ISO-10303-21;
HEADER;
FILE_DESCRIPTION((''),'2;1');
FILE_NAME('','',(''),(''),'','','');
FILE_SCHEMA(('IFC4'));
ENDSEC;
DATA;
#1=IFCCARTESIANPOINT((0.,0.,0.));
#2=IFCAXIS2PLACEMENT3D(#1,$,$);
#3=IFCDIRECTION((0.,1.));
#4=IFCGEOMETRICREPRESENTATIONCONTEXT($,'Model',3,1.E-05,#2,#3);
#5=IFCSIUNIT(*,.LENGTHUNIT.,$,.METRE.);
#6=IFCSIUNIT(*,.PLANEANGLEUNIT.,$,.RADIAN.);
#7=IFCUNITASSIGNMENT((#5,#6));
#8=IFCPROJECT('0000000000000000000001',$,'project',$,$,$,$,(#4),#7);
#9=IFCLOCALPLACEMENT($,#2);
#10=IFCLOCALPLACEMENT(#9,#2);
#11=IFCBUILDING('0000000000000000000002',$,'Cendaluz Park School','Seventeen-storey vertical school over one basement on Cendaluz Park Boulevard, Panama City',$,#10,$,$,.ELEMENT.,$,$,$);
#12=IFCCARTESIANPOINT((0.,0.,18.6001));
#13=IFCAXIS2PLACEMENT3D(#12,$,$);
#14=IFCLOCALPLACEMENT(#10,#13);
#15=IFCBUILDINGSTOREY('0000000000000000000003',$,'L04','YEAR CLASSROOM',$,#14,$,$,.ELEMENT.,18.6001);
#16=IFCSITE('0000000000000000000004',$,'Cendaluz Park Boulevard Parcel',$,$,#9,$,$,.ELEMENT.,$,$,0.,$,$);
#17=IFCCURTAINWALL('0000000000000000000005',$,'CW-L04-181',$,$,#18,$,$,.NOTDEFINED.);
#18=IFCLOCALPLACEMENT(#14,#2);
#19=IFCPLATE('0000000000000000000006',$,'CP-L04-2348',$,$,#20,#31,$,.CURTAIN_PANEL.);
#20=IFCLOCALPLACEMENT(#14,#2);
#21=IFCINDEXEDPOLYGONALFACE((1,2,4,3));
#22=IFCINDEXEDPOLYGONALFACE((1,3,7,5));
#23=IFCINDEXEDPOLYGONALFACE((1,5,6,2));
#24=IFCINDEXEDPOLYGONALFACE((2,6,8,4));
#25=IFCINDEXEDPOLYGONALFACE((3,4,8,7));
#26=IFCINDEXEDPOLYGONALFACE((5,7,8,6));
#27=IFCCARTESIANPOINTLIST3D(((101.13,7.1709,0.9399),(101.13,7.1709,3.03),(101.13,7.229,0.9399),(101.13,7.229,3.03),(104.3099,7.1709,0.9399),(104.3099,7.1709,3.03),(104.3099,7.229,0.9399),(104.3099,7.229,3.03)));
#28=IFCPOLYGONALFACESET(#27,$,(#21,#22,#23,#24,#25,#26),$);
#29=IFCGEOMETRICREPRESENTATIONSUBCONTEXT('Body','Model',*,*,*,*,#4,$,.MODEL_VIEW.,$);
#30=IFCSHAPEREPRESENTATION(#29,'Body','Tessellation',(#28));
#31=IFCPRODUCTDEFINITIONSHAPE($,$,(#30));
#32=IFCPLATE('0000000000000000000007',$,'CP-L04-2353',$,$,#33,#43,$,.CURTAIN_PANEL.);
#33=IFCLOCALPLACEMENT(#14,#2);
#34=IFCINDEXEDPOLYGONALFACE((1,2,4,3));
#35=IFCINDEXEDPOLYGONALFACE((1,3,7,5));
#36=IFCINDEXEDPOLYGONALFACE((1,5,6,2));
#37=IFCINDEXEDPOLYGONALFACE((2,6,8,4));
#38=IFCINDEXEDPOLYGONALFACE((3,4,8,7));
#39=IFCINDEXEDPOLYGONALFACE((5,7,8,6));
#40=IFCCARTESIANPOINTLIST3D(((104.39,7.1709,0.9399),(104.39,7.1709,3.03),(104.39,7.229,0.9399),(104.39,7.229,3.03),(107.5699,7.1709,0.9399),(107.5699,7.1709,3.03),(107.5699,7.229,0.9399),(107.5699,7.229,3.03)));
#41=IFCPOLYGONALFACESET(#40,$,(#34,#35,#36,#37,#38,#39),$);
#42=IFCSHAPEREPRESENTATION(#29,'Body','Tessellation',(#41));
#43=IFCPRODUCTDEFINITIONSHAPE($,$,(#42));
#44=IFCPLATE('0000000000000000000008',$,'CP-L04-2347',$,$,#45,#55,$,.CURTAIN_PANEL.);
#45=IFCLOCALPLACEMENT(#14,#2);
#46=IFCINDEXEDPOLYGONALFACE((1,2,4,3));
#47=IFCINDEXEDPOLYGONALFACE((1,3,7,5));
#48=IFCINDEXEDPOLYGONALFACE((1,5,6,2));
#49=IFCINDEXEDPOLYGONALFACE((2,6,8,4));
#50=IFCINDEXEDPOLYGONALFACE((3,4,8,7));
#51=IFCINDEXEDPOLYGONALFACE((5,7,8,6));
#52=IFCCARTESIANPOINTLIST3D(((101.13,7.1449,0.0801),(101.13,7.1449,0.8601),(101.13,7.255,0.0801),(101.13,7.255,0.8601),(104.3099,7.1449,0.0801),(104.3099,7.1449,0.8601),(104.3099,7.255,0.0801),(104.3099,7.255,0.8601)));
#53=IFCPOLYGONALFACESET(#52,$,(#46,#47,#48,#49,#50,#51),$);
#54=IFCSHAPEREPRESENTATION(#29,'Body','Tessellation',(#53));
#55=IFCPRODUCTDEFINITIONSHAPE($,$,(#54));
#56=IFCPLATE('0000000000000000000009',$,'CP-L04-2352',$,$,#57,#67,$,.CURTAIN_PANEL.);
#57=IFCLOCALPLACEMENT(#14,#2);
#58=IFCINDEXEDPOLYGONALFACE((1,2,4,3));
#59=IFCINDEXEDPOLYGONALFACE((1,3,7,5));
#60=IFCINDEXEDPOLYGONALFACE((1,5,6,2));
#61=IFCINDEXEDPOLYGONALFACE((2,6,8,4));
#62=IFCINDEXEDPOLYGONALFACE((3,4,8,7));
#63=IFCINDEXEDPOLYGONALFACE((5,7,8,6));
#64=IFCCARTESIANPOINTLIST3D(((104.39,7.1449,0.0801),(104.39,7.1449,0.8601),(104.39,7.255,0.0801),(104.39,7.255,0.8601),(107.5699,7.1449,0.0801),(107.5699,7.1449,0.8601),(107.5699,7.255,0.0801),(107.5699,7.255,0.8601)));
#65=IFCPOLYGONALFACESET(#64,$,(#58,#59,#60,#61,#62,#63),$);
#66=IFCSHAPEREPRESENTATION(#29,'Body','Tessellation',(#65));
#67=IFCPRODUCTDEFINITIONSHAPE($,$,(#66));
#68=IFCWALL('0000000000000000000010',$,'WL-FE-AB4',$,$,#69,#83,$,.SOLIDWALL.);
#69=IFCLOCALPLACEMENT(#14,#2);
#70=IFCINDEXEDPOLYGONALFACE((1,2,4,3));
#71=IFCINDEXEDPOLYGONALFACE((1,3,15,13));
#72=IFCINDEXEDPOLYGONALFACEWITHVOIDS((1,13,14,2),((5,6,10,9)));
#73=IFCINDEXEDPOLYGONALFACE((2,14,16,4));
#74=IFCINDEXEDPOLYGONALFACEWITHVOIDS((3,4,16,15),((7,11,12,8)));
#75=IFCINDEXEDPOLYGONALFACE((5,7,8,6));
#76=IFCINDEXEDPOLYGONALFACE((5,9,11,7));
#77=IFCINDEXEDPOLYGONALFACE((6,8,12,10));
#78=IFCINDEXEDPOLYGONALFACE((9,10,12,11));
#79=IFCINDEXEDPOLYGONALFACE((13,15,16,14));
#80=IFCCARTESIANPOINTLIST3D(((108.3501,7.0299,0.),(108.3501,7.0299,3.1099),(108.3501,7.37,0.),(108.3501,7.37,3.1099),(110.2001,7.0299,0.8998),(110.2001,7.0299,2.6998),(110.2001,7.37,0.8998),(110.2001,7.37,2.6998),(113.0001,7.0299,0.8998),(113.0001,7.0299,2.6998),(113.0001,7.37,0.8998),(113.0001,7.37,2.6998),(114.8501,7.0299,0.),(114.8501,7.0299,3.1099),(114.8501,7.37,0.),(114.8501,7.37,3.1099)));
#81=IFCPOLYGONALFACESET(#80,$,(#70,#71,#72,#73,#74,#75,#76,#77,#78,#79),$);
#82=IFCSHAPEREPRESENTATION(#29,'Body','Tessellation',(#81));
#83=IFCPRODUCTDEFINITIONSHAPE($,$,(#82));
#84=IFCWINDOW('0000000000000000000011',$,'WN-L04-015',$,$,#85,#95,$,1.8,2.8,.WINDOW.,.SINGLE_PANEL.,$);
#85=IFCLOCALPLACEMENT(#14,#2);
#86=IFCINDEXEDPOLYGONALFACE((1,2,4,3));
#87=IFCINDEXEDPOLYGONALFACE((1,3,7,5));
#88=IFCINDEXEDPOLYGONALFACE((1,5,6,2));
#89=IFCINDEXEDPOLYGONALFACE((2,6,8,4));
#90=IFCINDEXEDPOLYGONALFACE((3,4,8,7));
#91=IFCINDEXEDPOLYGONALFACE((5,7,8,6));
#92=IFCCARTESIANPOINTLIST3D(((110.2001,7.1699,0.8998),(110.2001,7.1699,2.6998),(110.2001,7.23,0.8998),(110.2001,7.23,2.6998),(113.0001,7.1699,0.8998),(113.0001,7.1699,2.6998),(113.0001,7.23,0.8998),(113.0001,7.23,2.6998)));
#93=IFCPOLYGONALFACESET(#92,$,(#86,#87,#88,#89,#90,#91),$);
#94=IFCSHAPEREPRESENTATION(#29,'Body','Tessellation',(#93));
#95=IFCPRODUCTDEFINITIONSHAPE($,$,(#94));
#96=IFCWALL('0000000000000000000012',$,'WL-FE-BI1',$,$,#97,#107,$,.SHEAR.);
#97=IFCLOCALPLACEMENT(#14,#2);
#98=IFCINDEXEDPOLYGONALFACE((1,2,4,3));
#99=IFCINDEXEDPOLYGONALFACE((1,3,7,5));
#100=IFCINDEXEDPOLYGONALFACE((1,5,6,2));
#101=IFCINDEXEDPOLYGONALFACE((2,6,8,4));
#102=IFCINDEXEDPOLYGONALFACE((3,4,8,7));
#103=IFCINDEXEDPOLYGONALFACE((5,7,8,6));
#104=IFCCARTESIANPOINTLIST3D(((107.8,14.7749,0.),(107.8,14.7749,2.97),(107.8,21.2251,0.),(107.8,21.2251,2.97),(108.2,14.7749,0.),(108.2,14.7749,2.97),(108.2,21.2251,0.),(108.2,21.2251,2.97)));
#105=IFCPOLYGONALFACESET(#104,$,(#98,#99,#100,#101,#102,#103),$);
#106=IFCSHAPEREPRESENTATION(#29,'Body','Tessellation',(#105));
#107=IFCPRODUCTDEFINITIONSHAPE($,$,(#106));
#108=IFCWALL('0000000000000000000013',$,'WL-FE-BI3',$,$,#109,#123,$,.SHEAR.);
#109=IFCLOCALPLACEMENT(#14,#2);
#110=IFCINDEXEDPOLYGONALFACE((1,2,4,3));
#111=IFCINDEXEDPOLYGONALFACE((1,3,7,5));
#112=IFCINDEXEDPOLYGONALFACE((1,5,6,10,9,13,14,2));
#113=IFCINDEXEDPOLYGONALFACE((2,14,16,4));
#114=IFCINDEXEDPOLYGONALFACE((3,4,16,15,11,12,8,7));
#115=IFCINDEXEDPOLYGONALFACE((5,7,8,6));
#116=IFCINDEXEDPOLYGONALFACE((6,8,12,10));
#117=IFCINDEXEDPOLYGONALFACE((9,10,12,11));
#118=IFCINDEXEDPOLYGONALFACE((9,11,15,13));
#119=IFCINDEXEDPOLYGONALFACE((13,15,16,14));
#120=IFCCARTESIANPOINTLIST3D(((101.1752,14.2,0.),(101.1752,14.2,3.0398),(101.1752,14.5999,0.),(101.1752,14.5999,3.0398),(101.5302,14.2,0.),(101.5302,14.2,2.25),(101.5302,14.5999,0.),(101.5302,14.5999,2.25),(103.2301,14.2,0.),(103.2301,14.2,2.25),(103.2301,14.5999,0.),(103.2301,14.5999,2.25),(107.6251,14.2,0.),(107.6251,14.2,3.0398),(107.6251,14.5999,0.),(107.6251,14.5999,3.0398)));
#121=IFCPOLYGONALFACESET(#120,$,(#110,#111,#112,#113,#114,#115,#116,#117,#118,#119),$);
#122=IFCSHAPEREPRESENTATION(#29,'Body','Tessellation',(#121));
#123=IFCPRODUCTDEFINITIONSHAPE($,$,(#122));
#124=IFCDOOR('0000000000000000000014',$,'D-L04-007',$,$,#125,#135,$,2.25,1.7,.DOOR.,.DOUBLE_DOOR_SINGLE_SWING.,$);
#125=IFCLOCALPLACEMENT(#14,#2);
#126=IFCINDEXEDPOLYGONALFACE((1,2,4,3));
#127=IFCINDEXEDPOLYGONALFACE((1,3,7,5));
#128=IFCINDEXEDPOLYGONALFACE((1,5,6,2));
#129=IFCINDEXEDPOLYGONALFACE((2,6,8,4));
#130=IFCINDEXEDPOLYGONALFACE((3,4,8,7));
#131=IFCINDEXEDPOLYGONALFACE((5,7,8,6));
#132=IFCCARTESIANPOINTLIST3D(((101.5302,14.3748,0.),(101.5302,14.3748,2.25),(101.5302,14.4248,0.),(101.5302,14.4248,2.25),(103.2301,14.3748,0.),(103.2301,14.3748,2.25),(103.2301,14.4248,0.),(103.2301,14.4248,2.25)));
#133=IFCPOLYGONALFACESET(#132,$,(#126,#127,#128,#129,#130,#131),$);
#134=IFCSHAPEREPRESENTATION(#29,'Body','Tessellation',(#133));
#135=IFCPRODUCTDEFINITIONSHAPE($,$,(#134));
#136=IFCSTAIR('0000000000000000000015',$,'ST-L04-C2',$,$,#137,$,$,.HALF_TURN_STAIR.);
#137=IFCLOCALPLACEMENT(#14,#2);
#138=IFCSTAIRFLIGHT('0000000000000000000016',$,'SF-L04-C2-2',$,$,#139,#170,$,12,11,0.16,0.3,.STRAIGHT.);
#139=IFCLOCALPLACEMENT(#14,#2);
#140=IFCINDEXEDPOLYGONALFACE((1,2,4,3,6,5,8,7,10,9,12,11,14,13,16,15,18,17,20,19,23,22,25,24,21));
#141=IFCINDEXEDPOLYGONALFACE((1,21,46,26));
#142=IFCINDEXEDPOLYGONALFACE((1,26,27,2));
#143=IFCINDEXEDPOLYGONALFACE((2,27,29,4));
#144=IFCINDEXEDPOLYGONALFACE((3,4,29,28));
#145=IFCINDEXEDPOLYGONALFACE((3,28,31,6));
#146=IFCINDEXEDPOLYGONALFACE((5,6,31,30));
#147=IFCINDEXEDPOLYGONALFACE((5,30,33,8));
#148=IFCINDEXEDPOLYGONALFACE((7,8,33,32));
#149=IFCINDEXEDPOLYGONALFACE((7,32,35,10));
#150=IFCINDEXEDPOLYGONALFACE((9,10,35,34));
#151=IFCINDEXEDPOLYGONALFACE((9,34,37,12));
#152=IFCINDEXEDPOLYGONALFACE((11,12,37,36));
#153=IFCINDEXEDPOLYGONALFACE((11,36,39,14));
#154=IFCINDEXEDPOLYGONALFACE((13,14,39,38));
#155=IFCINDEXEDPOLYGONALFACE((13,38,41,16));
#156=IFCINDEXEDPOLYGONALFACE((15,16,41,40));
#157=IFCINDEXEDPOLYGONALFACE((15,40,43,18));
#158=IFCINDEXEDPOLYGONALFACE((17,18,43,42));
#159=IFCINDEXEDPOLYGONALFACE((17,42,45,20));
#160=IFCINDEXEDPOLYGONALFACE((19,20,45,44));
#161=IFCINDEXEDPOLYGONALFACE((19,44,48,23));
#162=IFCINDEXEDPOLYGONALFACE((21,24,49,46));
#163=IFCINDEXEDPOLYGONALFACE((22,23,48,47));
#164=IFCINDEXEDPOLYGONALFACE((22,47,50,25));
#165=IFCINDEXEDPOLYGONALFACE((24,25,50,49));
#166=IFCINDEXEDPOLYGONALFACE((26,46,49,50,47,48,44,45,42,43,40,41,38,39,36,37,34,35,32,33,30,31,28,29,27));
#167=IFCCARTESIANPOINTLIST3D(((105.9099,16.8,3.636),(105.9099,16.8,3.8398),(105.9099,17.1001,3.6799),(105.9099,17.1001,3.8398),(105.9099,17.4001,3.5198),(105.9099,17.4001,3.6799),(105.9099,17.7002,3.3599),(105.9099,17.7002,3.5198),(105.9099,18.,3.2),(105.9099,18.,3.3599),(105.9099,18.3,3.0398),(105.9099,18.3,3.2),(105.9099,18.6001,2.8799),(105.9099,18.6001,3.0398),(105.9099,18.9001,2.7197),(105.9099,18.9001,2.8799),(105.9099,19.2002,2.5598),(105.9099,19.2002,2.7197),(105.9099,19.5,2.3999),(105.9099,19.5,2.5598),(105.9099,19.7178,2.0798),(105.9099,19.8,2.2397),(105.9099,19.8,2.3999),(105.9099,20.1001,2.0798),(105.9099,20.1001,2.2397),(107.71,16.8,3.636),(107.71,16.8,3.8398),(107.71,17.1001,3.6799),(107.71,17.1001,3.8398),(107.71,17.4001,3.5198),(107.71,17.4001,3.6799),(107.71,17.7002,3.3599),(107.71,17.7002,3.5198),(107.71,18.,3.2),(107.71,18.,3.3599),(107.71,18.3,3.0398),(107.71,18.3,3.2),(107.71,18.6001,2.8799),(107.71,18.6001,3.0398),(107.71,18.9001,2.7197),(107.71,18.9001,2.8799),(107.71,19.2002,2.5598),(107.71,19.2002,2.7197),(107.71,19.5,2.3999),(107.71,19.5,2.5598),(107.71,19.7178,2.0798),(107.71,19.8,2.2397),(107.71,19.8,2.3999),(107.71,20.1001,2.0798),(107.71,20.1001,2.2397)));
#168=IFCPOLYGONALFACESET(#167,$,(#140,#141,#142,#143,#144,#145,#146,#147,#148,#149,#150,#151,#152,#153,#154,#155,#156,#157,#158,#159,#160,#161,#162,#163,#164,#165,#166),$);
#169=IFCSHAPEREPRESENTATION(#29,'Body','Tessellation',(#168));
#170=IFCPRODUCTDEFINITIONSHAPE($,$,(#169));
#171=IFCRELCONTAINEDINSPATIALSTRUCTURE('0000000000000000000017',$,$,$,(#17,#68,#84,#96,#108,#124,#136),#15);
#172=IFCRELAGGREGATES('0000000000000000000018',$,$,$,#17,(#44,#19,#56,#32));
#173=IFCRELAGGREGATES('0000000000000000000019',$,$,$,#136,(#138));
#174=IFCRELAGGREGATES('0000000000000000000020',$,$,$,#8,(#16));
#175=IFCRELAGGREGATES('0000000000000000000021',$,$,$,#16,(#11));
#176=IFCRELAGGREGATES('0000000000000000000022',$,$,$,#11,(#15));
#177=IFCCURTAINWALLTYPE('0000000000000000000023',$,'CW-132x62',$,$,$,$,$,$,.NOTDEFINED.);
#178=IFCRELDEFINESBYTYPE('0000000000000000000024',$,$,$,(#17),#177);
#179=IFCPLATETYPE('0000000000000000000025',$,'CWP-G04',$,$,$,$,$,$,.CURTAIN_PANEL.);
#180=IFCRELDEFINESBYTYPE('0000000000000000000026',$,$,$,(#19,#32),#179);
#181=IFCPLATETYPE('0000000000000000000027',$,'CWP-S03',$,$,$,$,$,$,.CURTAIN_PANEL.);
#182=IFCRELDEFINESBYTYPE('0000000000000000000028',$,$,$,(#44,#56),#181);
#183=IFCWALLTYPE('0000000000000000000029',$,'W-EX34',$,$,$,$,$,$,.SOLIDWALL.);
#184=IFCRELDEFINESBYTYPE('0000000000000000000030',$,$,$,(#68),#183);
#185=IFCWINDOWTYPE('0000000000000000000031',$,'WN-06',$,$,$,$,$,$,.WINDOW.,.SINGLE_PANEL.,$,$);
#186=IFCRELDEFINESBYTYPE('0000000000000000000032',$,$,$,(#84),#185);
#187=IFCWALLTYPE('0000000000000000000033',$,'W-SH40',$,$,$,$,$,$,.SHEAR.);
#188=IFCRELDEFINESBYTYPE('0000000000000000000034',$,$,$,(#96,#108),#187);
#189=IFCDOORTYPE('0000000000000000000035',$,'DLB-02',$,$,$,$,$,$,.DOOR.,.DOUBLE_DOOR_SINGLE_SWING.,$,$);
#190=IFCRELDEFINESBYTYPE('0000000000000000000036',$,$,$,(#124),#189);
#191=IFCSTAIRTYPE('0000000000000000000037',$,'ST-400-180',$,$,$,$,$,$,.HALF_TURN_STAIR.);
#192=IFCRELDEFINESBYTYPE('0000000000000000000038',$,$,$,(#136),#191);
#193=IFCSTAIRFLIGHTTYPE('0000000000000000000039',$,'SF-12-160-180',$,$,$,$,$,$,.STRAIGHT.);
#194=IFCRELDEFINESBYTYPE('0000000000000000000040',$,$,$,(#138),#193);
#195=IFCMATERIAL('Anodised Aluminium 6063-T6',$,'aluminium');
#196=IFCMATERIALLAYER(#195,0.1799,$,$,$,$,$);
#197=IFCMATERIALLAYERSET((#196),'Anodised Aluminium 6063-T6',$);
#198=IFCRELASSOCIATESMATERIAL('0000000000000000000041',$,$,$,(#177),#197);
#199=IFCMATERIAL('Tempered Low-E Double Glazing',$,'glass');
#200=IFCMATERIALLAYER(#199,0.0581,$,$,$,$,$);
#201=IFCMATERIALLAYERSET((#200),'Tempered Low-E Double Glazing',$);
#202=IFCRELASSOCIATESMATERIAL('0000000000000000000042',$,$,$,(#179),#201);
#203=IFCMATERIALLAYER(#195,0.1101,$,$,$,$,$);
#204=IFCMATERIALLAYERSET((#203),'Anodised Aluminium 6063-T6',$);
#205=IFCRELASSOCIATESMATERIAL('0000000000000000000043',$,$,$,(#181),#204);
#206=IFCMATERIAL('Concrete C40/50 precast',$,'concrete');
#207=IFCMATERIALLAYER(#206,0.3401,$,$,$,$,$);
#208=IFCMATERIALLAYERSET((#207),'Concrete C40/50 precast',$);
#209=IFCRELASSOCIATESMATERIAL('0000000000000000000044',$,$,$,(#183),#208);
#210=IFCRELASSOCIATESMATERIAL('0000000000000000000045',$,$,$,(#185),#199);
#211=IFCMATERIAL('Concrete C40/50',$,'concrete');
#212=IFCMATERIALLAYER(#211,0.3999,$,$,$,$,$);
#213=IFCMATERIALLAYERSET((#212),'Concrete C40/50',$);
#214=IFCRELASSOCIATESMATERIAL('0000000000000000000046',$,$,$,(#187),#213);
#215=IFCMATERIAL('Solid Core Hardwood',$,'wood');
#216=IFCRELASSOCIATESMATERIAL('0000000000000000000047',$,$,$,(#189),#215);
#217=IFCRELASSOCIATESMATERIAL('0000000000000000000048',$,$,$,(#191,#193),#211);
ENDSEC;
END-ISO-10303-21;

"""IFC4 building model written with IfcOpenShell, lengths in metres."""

from ifc_helpers import new_model, si_unit, direction, frame, frame_2d, origin, origin_2d, place, context, subcontext, project, spatial, polyline, rectangle, outline, extrude, material, layer, layer_set, type_object, element, fill, aggregate, save


model = new_model("IFC4")

# Units and contexts
model_context = context("Model", 3, precision=1e-05, world=origin(), true_north=direction((0.0, 1.0)))
body_context = subcontext(model_context, "Body", "Model", "MODEL_VIEW")
ifc_project = project(units=[si_unit("LENGTHUNIT", "METRE"), si_unit("PLANEANGLEUNIT", "RADIAN")], contexts=[model_context])

# Site, building, storey
site_placement = place(None, origin())
site = spatial("IfcSite", under=ifc_project, at=site_placement, Name="Cendaluz Park Boulevard Parcel", CompositionType="ELEMENT", RefElevation=0.0)
building_placement = place(site_placement, origin())
building = spatial("IfcBuilding", under=site, at=building_placement, Name="Cendaluz Park School", Description="Seventeen-storey vertical school over one basement on Cendaluz Park Boulevard, Panama City", CompositionType="ELEMENT")
storey_placement = place(building_placement, frame((0.0, 0.0, 18.6001)))
storey = spatial("IfcBuildingStorey", under=building, at=storey_placement, Name="L04", Description="YEAR CLASSROOM", CompositionType="ELEMENT", Elevation=18.6001)

# Shared definitions
ifc_material_1 = material(Name="Concrete C40/50", Category="concrete")

# Curtain wall, plates
ifc_material_2 = material(Name="Anodised Aluminium 6063-T6", Category="aluminium")
ifc_layer_1 = layer(ifc_material_2, 0.1799)
ifc_layer_set_1 = layer_set([ifc_layer_1], Name="Anodised Aluminium 6063-T6")
curtain_wall_type = type_object("IfcCurtainWallType", Name="CW-132x62", PredefinedType="NOTDEFINED", material=ifc_layer_set_1)
curtain_wall_placement = place(storey_placement, origin())
curtain_wall = element("IfcCurtainWall", 1, at=curtain_wall_placement, inside=storey, type_object=curtain_wall_type, Name="CW-L04-181", PredefinedType="NOTDEFINED")
ifc_material_3 = material(Name="Tempered Low-E Double Glazing", Category="glass")
ifc_layer_2 = layer(ifc_material_3, 0.0581)
ifc_layer_set_2 = layer_set([ifc_layer_2], Name="Tempered Low-E Double Glazing")
plate_type_1 = type_object("IfcPlateType", Name="CWP-G04", PredefinedType="CURTAIN_PANEL", material=ifc_layer_set_2)
plate_1_placement = place(storey_placement, frame((102.72, 7.2, 0.9399), z_axis=(0.0, 0.0, 1.0), x_axis=(1.0, 0.0, 0.0)))
plate_1 = element("IfcPlate", 2, at=plate_1_placement, type_object=plate_type_1, Name="CP-L04-2348", PredefinedType="CURTAIN_PANEL", context=body_context, shape_type="SweptSolid", body=[
    extrude(rectangle(XDim=3.1799, YDim=0.0581, at=origin_2d()), origin(), (0.0, 0.0, 1.0), 2.0901),
])
plate_2_placement = place(storey_placement, frame((105.98, 7.2, 0.9399), z_axis=(0.0, 0.0, 1.0), x_axis=(1.0, 0.0, 0.0)))
plate_2 = element("IfcPlate", 3, at=plate_2_placement, type_object=plate_type_1, Name="CP-L04-2353", PredefinedType="CURTAIN_PANEL", context=body_context, shape_type="SweptSolid", body=[
    extrude(rectangle(XDim=3.1799, YDim=0.0581, at=origin_2d()), origin(), (0.0, 0.0, 1.0), 2.0901),
])
ifc_layer_3 = layer(ifc_material_2, 0.1101)
ifc_layer_set_3 = layer_set([ifc_layer_3], Name="Anodised Aluminium 6063-T6")
plate_type_2 = type_object("IfcPlateType", Name="CWP-S03", PredefinedType="CURTAIN_PANEL", material=ifc_layer_set_3)
plate_3_placement = place(storey_placement, frame((102.72, 7.2, 0.0801), z_axis=(0.0, 0.0, 1.0), x_axis=(1.0, 0.0, 0.0)))
plate_3 = element("IfcPlate", 4, at=plate_3_placement, type_object=plate_type_2, Name="CP-L04-2347", PredefinedType="CURTAIN_PANEL", context=body_context, shape_type="SweptSolid", body=[
    extrude(rectangle(XDim=3.1799, YDim=0.1101, at=origin_2d()), origin(), (0.0, 0.0, 1.0), 0.78),
])
plate_4_placement = place(storey_placement, frame((105.98, 7.2, 0.0801), z_axis=(0.0, 0.0, 1.0), x_axis=(1.0, 0.0, 0.0)))
plate_4 = element("IfcPlate", 5, at=plate_4_placement, type_object=plate_type_2, Name="CP-L04-2352", PredefinedType="CURTAIN_PANEL", context=body_context, shape_type="SweptSolid", body=[
    extrude(rectangle(XDim=3.1799, YDim=0.1101, at=origin_2d()), origin(), (0.0, 0.0, 1.0), 0.78),
])
aggregate(curtain_wall, [plate_3, plate_1, plate_4, plate_2])

# Shared definitions
ifc_material_4 = material(Name="Solid Core Hardwood", Category="wood")

# Wall, opening, window
ifc_material_5 = material(Name="Concrete C40/50 precast", Category="concrete")
ifc_layer_4 = layer(ifc_material_5, 0.3401)
ifc_layer_set_4 = layer_set([ifc_layer_4], Name="Concrete C40/50 precast")
wall_type_1 = type_object("IfcWallType", Name="W-EX34", PredefinedType="SOLIDWALL", material=ifc_layer_set_4)
wall_1_placement = place(storey_placement, frame((108.3501, 7.2, 0.0), z_axis=(0.0, 0.0, 1.0), x_axis=(1.0, 0.0, 0.0)))
wall_1 = element("IfcWall", 6, at=wall_1_placement, inside=storey, type_object=wall_type_1, Name="WL-FE-AB4", PredefinedType="SOLIDWALL", context=body_context, shape_type="SweptSolid", body=[
    extrude(rectangle(XDim=6.5, YDim=0.3401, at=frame_2d((3.25, 0.0))), origin(), (0.0, 0.0, 1.0), 3.1099),
])
opening_1_placement = place(wall_1_placement, frame((1.8501, 0.0, 0.8999)))
opening_1 = element("IfcOpeningElement", 7, at=opening_1_placement, cuts=wall_1, PredefinedType="OPENING", context=body_context, shape_type="SweptSolid", body=[
    extrude(rectangle(XDim=2.8, YDim=1.8, at=frame_2d((1.3999, 0.8999))), frame((0.0, 0.1821, 0.0), z_axis=(0.0, -1.0, 0.0), x_axis=(1.0, 0.0, 0.0)), (0.0, 0.0, 1.0), 0.364),
])
window_type = type_object("IfcWindowType", Name="WN-06", PartitioningType="SINGLE_PANEL", PredefinedType="WINDOW", material=ifc_material_3)
window_placement = place(opening_1_placement, origin())
window = element("IfcWindow", 8, at=window_placement, inside=storey, type_object=window_type, Name="WN-L04-015", OverallHeight=1.8, OverallWidth=2.8, PartitioningType="SINGLE_PANEL", PredefinedType="WINDOW", context=body_context, shape_type="SweptSolid", body=[
    extrude(rectangle(XDim=2.8, YDim=1.8, at=frame_2d((1.3999, 0.8999))), frame((0.0, 0.03, 0.0), z_axis=(0.0, -1.0, 0.0), x_axis=(1.0, 0.0, 0.0)), (0.0, 0.0, 1.0), 0.0601),
])
fill(opening_1, window)

# Wall
ifc_layer_5 = layer(ifc_material_1, 0.3999)
ifc_layer_set_5 = layer_set([ifc_layer_5], Name="Concrete C40/50")
wall_type_2 = type_object("IfcWallType", Name="W-SH40", PredefinedType="SHEAR", material=ifc_layer_set_5)
wall_2_placement = place(storey_placement, frame((108.0, 14.7749, 0.0), z_axis=(0.0, 0.0, 1.0), x_axis=(0.0, 1.0, 0.0)))
element("IfcWall", 9, at=wall_2_placement, inside=storey, type_object=wall_type_2, Name="WL-FE-BI1", PredefinedType="SHEAR", context=body_context, shape_type="SweptSolid", body=[
    extrude(rectangle(XDim=6.4502, YDim=0.3999, at=frame_2d((3.2251, 0.0))), origin(), (0.0, 0.0, 1.0), 2.97),
])

# Wall, opening, door
wall_3_placement = place(storey_placement, frame((101.175, 14.3999, 0.0), z_axis=(0.0, 0.0, 1.0), x_axis=(1.0, 0.0, 0.0)))
wall_3 = element("IfcWall", 10, at=wall_3_placement, inside=storey, type_object=wall_type_2, Name="WL-FE-BI3", PredefinedType="SHEAR", context=body_context, shape_type="SweptSolid", body=[
    extrude(rectangle(XDim=6.45, YDim=0.3999, at=frame_2d((3.2251, 0.0))), origin(), (0.0, 0.0, 1.0), 3.0398),
])
opening_2_placement = place(wall_3_placement, frame((0.355, 0.0, 0.0)))
opening_2 = element("IfcOpeningElement", 11, at=opening_2_placement, cuts=wall_3, PredefinedType="OPENING", context=body_context, shape_type="SweptSolid", body=[
    extrude(rectangle(XDim=1.7, YDim=2.25, at=frame_2d((0.8501, 1.125))), frame((0.0, 0.2119, 0.0), z_axis=(0.0, -1.0, 0.0), x_axis=(1.0, 0.0, 0.0)), (0.0, 0.0, 1.0), 0.4238),
])
door_type_1 = type_object("IfcDoorType", Name="DLB-02", OperationType="DOUBLE_DOOR_SINGLE_SWING", PredefinedType="DOOR", material=ifc_material_4)
door_1_placement = place(opening_2_placement, origin())
door_1 = element("IfcDoor", 12, at=door_1_placement, inside=storey, type_object=door_type_1, Name="D-L04-007", OperationType="DOUBLE_DOOR_SINGLE_SWING", OverallHeight=2.25, OverallWidth=1.7, PredefinedType="DOOR", context=body_context, shape_type="SweptSolid", body=[
    extrude(rectangle(XDim=1.7, YDim=2.25, at=frame_2d((0.8501, 1.125))), frame((0.0, 0.0249, 0.0), z_axis=(0.0, -1.0, 0.0), x_axis=(1.0, 0.0, 0.0)), (0.0, 0.0, 1.0), 0.05),
])
fill(opening_2, door_1)

# Stair, stair flight
stair_type = type_object("IfcStairType", Name="ST-400-180", PredefinedType="HALF_TURN_STAIR", material=ifc_material_1)
stair_placement = place(storey_placement, origin())
stair = element("IfcStair", 13, at=stair_placement, inside=storey, type_object=stair_type, Name="ST-L04-C2", PredefinedType="HALF_TURN_STAIR")
stair_flight_type_1 = type_object("IfcStairFlightType", Name="SF-12-160-180", PredefinedType="STRAIGHT", material=ifc_material_1)
stair_flight_1_placement = place(storey_placement, frame((106.8101, 20.1001, 2.0798), z_axis=(0.0, 0.0, 1.0), x_axis=(0.0, -1.0, 0.0)))
stair_flight_1 = element("IfcStairFlight", 14, at=stair_flight_1_placement, type_object=stair_flight_type_1, Name="SF-L04-C2-2", NumberOfRisers=12, NumberOfTreads=11, PredefinedType="STRAIGHT", RiserHeight=0.16, TreadLength=0.3, context=body_context, shape_type="SweptSolid", body=[
    extrude(outline(polyline([(0.0, 0.0), (0.0, 0.1599), (0.3, 0.1599), (0.3, 0.3201), (0.6001, 0.3201), (0.6001, 0.48), (0.8999, 0.48), (0.8999, 0.6399), (1.2, 0.6399), (1.2, 0.8), (1.5, 0.8), (1.5, 0.96), (1.8, 0.96), (1.8, 1.1201), (2.1001, 1.1201), (2.1001, 1.28), (2.3999, 1.28), (2.3999, 1.4399), (2.7, 1.4399), (2.7, 1.6001), (3.0, 1.6001), (3.0, 1.76), (3.3, 1.76), (3.3, 1.9199), (3.3, 1.5562), (0.3823, 0.0), (0.0, 0.0)])), frame((0.0, 0.8999, 0.0), z_axis=(0.0, -1.0, 0.0), x_axis=(1.0, 0.0, 0.0)), (0.0, 0.0, 1.0), 1.8),
])
aggregate(stair, [stair_flight_1])

save(model, "model.ifc")
